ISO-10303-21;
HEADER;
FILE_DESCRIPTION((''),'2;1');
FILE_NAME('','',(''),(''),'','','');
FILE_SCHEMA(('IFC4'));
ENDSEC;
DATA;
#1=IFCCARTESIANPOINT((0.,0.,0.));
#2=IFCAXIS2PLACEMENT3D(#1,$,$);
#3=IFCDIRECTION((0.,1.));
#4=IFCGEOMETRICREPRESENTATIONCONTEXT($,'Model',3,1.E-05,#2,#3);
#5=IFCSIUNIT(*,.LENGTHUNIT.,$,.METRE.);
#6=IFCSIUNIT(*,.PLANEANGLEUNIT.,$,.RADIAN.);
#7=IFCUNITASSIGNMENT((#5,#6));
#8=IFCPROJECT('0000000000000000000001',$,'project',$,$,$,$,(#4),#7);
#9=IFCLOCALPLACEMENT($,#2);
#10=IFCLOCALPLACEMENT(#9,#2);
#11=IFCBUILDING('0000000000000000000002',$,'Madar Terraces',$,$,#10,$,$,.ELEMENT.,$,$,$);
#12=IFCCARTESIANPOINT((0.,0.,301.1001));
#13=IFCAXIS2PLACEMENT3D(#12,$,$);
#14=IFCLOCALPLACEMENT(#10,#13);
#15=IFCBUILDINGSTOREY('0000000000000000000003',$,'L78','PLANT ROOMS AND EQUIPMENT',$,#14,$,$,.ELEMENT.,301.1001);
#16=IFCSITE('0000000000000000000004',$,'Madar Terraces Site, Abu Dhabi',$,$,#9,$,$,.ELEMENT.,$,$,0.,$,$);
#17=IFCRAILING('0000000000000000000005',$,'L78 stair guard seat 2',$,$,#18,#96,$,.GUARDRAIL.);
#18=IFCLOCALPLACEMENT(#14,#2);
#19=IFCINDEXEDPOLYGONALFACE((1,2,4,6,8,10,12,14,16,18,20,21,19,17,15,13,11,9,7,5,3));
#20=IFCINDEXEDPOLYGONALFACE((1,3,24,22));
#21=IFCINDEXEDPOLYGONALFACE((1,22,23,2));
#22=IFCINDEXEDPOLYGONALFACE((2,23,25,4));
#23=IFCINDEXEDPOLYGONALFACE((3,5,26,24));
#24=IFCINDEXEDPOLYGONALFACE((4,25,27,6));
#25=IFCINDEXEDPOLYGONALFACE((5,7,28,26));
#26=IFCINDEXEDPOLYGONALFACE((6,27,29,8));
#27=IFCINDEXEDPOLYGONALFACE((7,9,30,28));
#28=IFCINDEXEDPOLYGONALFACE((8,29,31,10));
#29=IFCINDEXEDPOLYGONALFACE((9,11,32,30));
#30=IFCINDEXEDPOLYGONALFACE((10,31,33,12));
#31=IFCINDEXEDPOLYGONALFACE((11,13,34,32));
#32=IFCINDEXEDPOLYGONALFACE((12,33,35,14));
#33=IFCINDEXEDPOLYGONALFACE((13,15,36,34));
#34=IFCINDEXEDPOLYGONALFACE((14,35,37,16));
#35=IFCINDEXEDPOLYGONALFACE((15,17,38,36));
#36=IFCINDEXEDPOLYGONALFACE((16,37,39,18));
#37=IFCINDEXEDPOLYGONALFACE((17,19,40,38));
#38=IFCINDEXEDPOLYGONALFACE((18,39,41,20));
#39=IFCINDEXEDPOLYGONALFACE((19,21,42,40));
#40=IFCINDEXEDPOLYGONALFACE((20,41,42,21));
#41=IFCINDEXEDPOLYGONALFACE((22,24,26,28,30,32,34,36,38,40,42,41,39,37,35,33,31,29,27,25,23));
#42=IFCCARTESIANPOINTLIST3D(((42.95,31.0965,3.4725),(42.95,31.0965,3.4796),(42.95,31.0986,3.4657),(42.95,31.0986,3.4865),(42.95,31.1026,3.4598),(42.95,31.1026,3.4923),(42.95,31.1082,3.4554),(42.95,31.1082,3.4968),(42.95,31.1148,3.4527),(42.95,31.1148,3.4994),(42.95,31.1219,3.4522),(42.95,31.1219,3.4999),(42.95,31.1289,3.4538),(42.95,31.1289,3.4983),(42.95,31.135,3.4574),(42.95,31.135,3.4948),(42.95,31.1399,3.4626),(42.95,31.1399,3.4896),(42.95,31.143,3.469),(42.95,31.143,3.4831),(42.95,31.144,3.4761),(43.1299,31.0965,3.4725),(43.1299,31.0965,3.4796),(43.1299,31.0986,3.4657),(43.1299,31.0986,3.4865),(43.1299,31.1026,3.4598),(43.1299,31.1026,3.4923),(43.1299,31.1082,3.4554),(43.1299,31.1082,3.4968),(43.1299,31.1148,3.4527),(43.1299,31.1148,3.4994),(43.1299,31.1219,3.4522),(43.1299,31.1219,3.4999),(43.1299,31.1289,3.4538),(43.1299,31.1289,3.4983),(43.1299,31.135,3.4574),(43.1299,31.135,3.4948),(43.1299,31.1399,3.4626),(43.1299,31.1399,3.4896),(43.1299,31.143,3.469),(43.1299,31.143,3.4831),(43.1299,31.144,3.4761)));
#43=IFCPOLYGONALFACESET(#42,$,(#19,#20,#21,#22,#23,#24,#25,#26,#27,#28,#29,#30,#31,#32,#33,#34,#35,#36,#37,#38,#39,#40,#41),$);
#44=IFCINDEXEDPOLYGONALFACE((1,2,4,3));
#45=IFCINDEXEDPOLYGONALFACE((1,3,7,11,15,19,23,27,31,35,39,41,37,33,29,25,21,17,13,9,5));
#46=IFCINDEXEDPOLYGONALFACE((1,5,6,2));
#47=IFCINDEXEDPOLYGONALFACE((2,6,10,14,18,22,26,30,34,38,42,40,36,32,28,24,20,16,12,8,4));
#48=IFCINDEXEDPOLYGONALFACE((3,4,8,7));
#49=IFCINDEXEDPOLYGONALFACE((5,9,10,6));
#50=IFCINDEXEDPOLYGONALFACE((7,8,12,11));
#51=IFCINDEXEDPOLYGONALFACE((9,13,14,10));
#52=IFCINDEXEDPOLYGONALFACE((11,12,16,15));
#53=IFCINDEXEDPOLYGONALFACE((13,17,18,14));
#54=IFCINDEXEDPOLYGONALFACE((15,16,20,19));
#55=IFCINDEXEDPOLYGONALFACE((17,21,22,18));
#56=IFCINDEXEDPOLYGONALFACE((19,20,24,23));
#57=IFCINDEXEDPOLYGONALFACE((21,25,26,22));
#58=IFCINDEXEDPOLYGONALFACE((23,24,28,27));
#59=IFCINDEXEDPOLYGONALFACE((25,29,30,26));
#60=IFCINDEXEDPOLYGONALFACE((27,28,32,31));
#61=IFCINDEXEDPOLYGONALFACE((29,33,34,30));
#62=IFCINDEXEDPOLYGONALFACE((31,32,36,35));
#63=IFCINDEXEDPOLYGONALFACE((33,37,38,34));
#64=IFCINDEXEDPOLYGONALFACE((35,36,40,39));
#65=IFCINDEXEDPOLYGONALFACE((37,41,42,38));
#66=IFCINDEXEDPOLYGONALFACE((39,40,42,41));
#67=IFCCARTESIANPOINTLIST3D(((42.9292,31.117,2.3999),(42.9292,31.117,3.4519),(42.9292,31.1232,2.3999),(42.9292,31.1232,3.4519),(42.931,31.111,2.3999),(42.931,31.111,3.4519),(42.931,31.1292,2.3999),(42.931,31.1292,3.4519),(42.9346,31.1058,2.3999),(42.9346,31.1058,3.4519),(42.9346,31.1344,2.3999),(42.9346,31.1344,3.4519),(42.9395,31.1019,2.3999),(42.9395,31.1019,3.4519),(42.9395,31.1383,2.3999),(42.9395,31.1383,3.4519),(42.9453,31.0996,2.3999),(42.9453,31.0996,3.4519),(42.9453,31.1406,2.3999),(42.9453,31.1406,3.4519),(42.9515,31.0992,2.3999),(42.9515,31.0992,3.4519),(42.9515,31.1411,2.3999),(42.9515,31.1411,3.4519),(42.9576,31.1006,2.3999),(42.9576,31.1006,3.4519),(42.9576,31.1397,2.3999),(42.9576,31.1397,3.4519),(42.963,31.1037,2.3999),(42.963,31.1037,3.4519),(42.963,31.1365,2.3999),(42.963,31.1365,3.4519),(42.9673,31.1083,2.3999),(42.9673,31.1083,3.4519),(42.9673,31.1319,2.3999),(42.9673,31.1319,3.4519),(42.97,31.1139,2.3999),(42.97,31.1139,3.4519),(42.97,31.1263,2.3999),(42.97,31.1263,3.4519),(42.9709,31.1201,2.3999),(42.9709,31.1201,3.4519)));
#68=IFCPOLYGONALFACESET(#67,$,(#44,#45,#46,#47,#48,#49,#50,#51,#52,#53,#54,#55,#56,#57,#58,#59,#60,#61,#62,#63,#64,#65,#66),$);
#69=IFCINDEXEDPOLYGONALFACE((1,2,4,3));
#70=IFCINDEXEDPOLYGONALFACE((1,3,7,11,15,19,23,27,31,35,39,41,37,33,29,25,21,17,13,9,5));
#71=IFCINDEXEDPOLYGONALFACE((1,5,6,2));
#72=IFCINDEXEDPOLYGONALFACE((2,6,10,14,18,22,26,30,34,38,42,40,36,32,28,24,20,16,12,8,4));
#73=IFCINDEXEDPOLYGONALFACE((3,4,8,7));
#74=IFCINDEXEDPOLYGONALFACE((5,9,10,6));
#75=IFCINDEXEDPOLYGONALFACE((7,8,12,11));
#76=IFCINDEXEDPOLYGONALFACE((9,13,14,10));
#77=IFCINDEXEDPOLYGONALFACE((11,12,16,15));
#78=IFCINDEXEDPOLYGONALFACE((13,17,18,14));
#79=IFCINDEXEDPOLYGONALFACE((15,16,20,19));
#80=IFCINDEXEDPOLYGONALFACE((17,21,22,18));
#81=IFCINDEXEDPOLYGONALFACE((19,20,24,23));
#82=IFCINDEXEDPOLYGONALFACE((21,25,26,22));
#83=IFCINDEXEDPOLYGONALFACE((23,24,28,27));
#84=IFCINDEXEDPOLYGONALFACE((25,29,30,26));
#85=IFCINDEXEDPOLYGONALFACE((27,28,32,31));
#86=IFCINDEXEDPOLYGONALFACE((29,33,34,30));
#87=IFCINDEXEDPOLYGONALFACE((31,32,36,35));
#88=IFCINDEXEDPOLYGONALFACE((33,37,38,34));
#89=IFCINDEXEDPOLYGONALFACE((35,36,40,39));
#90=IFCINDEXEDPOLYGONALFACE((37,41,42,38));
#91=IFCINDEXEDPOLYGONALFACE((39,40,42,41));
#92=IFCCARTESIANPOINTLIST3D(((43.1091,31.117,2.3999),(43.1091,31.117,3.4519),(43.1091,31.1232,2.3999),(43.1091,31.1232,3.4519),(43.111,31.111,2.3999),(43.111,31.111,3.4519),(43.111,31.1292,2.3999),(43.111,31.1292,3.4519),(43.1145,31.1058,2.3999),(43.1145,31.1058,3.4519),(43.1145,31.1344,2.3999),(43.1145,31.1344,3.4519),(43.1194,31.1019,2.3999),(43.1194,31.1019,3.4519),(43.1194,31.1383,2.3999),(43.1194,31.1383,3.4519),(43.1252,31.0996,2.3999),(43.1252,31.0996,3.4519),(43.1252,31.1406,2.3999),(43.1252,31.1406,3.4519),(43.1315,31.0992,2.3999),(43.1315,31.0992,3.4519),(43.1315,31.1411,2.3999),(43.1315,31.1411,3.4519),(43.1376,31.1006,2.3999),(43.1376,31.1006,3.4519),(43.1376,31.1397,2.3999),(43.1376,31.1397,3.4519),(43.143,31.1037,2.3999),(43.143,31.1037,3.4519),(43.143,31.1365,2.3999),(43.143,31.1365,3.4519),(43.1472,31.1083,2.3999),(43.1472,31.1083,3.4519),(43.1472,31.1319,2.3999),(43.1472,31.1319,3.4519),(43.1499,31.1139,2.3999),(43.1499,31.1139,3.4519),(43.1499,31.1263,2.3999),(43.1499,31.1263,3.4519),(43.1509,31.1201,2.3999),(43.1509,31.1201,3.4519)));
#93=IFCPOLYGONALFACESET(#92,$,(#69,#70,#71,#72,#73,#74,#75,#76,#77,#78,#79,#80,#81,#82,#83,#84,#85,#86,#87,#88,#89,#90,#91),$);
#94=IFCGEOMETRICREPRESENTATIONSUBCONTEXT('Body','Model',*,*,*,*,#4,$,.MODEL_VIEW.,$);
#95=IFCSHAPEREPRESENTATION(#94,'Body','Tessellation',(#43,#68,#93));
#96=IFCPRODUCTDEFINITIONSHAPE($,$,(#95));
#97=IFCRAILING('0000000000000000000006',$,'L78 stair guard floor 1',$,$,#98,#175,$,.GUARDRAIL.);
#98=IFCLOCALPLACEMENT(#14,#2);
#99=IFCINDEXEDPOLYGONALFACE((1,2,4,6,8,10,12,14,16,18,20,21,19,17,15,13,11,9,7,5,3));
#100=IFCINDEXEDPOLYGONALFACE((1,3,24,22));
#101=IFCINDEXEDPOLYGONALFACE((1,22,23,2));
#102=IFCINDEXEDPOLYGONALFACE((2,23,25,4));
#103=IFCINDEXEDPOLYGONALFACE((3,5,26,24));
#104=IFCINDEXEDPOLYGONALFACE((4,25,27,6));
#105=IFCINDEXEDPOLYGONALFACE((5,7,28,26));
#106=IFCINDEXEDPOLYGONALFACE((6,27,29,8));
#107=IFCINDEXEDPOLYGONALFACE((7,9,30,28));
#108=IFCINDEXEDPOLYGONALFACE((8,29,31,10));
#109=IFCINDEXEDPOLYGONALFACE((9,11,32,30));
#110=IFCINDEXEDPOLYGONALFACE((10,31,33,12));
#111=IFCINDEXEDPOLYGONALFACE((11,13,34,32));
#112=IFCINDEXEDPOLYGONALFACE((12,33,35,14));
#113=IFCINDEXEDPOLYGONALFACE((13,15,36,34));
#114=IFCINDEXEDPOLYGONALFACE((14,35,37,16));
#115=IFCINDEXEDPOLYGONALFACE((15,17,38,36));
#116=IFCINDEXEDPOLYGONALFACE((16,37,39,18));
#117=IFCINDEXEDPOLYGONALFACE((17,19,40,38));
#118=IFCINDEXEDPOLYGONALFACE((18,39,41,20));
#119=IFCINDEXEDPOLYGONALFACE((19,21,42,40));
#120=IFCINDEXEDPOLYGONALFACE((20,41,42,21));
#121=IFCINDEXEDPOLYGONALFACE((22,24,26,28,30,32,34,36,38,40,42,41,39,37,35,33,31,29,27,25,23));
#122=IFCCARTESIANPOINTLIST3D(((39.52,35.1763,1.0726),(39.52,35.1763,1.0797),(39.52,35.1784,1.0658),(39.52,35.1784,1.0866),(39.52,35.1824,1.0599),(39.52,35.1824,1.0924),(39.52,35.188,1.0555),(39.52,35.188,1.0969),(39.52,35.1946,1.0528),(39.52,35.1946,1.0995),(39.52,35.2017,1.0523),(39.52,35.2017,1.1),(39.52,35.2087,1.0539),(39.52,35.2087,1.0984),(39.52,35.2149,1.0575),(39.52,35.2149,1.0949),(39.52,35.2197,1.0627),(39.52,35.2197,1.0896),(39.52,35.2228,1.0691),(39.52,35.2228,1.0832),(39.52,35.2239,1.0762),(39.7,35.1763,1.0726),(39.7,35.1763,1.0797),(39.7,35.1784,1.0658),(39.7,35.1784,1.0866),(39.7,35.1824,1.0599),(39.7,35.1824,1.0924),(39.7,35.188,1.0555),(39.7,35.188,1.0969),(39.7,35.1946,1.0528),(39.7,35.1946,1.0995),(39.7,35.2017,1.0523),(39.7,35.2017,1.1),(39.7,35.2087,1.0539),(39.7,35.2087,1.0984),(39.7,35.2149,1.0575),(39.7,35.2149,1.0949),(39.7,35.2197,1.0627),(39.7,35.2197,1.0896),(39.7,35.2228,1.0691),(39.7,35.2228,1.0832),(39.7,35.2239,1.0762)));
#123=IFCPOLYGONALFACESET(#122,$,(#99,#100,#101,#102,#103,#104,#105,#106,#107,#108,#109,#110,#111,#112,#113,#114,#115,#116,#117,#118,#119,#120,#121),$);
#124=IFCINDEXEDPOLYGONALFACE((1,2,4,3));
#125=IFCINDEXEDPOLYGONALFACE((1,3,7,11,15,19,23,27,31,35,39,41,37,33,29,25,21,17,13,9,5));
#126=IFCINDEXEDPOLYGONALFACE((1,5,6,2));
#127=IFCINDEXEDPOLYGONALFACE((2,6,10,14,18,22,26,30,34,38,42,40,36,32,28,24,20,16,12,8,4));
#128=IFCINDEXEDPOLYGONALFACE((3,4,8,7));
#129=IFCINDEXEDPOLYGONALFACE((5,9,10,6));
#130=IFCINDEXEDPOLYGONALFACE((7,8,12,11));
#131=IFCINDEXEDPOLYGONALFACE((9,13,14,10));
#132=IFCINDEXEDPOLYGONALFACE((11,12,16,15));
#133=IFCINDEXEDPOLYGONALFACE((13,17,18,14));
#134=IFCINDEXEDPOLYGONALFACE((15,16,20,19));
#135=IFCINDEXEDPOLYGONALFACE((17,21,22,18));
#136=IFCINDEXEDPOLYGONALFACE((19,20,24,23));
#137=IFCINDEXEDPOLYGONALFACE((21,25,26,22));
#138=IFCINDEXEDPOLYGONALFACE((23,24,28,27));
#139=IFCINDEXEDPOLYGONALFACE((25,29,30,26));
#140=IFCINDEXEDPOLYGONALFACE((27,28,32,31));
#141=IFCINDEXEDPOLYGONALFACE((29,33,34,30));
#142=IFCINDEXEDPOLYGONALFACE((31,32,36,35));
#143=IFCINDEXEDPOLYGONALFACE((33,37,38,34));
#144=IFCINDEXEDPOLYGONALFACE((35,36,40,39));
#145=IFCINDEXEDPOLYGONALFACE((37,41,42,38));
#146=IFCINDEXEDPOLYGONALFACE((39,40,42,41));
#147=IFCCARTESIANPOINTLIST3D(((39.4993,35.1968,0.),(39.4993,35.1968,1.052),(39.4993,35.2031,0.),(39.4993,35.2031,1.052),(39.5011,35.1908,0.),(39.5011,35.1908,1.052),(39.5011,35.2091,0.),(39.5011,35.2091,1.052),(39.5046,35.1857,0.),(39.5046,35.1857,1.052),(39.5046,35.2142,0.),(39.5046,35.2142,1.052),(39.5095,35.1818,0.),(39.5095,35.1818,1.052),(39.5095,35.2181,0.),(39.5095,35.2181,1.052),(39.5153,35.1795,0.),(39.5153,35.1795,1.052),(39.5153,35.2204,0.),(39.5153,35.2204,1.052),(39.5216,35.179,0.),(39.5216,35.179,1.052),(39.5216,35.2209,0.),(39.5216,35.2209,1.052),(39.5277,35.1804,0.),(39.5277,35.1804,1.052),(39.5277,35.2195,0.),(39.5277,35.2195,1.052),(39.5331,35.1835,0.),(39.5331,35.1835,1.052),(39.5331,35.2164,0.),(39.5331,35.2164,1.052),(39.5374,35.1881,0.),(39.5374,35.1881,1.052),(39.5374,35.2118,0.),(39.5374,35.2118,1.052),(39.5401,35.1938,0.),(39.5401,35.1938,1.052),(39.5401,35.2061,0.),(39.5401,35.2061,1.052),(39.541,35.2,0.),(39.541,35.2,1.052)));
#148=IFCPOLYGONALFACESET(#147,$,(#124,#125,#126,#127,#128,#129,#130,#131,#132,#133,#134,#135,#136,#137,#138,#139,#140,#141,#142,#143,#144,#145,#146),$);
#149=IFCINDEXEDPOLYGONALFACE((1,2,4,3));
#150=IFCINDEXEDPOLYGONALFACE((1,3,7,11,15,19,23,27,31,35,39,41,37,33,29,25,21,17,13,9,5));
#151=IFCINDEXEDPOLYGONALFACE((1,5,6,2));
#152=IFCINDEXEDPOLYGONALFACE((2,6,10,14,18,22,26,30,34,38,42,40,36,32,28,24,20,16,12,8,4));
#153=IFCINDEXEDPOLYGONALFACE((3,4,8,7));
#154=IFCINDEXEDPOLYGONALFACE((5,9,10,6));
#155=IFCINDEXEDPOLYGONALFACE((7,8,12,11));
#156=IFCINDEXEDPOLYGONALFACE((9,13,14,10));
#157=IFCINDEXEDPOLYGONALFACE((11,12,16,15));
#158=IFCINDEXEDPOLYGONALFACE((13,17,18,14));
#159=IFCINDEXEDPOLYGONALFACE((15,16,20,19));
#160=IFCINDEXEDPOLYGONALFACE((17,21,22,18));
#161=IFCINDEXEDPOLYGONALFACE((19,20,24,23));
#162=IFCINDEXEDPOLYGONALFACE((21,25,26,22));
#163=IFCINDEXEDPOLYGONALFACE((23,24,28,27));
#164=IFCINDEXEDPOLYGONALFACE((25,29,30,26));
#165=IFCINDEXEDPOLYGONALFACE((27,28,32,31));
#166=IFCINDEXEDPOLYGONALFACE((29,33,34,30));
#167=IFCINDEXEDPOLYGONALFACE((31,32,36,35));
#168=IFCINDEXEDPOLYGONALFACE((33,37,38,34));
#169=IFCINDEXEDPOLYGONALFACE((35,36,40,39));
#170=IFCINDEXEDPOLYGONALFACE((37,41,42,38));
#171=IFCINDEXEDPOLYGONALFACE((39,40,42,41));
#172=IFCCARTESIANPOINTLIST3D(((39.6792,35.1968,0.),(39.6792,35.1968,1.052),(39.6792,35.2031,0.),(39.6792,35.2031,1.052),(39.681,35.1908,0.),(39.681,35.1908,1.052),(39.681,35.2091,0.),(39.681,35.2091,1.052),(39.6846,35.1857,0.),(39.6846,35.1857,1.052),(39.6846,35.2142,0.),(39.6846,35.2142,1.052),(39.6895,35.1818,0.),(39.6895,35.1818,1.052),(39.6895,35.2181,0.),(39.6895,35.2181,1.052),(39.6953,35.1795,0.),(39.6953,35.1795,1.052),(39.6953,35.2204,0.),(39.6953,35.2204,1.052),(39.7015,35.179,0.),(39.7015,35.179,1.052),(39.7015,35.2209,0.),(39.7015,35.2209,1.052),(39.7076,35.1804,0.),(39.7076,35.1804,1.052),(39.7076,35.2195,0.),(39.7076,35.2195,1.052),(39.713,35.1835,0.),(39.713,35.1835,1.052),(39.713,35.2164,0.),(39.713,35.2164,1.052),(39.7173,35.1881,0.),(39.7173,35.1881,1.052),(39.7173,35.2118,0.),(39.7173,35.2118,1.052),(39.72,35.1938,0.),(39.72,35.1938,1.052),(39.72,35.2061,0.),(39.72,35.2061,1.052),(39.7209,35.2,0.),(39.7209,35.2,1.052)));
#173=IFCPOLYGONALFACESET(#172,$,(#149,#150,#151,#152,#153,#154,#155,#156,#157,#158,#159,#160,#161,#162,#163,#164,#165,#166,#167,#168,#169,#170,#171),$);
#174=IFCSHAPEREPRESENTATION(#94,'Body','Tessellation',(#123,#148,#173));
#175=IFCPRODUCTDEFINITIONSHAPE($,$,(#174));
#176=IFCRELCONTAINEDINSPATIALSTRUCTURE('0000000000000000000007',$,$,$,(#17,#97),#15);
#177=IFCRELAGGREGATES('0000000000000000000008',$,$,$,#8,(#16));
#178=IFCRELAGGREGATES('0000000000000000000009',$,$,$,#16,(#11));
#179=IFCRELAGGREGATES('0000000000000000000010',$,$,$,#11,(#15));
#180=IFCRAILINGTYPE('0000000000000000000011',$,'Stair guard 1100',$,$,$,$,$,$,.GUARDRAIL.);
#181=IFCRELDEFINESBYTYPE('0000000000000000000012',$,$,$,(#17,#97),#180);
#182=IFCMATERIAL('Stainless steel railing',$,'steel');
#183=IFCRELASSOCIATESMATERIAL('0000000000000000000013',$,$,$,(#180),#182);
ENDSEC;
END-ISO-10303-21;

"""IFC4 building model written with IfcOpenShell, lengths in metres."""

from ifc_helpers import new_model, si_unit, direction, frame, origin, origin_2d, place, context, subcontext, project, spatial, circle, extrude, material, type_object, element, save


model = new_model("IFC4")

# Units and contexts
model_context = context("Model", 3, precision=1e-05, world=origin(), true_north=direction((0.0, 1.0)))
body_context = subcontext(model_context, "Body", "Model", "MODEL_VIEW")
ifc_project = project(units=[si_unit("LENGTHUNIT", "METRE"), si_unit("PLANEANGLEUNIT", "RADIAN")], contexts=[model_context])

# Site, building, storey
site_placement = place(None, origin())
site = spatial("IfcSite", under=ifc_project, at=site_placement, Name="Madar Terraces Site, Abu Dhabi", CompositionType="ELEMENT", RefElevation=0.0)
building_placement = place(site_placement, origin())
building = spatial("IfcBuilding", under=site, at=building_placement, Name="Madar Terraces", CompositionType="ELEMENT")
storey_placement = place(building_placement, frame((0.0, 0.0, 301.1001)))
storey = spatial("IfcBuildingStorey", under=building, at=storey_placement, Name="L78", Description="PLANT ROOMS AND EQUIPMENT", CompositionType="ELEMENT", Elevation=301.1001)

# Railings
ifc_material_1 = material(Name="Stainless steel railing", Category="steel")
railing_type_1 = type_object("IfcRailingType", Name="Stair guard 1100", PredefinedType="GUARDRAIL", material=ifc_material_1)
for number, where, name in (
    (1, (42.95, 31.1201, 2.3999), "L78 stair guard seat 2"),
    (2, (39.52, 35.2, 0.0), "L78 stair guard floor 1"),
):
    element("IfcRailing", number, at=place(storey_placement, frame(where)), inside=storey, type_object=railing_type_1, Name=name, PredefinedType="GUARDRAIL", context=body_context, shape_type="SweptSolid", body=[
        extrude(circle(Radius=0.0239, at=origin_2d()), frame((0.0, 0.0, 1.0762), z_axis=(1.0, 0.0, 0.0), x_axis=(0.0, 1.0, 0.0)), (0.0, 0.0, 1.0), 0.1799),
        extrude(circle(Radius=0.021, at=origin_2d()), origin(), (0.0, 0.0, 1.0), 1.052),
        extrude(circle(Radius=0.021, at=origin_2d()), frame((0.1799, 0.0, 0.0)), (0.0, 0.0, 1.0), 1.052),
    ])

save(model, "model.ifc")
